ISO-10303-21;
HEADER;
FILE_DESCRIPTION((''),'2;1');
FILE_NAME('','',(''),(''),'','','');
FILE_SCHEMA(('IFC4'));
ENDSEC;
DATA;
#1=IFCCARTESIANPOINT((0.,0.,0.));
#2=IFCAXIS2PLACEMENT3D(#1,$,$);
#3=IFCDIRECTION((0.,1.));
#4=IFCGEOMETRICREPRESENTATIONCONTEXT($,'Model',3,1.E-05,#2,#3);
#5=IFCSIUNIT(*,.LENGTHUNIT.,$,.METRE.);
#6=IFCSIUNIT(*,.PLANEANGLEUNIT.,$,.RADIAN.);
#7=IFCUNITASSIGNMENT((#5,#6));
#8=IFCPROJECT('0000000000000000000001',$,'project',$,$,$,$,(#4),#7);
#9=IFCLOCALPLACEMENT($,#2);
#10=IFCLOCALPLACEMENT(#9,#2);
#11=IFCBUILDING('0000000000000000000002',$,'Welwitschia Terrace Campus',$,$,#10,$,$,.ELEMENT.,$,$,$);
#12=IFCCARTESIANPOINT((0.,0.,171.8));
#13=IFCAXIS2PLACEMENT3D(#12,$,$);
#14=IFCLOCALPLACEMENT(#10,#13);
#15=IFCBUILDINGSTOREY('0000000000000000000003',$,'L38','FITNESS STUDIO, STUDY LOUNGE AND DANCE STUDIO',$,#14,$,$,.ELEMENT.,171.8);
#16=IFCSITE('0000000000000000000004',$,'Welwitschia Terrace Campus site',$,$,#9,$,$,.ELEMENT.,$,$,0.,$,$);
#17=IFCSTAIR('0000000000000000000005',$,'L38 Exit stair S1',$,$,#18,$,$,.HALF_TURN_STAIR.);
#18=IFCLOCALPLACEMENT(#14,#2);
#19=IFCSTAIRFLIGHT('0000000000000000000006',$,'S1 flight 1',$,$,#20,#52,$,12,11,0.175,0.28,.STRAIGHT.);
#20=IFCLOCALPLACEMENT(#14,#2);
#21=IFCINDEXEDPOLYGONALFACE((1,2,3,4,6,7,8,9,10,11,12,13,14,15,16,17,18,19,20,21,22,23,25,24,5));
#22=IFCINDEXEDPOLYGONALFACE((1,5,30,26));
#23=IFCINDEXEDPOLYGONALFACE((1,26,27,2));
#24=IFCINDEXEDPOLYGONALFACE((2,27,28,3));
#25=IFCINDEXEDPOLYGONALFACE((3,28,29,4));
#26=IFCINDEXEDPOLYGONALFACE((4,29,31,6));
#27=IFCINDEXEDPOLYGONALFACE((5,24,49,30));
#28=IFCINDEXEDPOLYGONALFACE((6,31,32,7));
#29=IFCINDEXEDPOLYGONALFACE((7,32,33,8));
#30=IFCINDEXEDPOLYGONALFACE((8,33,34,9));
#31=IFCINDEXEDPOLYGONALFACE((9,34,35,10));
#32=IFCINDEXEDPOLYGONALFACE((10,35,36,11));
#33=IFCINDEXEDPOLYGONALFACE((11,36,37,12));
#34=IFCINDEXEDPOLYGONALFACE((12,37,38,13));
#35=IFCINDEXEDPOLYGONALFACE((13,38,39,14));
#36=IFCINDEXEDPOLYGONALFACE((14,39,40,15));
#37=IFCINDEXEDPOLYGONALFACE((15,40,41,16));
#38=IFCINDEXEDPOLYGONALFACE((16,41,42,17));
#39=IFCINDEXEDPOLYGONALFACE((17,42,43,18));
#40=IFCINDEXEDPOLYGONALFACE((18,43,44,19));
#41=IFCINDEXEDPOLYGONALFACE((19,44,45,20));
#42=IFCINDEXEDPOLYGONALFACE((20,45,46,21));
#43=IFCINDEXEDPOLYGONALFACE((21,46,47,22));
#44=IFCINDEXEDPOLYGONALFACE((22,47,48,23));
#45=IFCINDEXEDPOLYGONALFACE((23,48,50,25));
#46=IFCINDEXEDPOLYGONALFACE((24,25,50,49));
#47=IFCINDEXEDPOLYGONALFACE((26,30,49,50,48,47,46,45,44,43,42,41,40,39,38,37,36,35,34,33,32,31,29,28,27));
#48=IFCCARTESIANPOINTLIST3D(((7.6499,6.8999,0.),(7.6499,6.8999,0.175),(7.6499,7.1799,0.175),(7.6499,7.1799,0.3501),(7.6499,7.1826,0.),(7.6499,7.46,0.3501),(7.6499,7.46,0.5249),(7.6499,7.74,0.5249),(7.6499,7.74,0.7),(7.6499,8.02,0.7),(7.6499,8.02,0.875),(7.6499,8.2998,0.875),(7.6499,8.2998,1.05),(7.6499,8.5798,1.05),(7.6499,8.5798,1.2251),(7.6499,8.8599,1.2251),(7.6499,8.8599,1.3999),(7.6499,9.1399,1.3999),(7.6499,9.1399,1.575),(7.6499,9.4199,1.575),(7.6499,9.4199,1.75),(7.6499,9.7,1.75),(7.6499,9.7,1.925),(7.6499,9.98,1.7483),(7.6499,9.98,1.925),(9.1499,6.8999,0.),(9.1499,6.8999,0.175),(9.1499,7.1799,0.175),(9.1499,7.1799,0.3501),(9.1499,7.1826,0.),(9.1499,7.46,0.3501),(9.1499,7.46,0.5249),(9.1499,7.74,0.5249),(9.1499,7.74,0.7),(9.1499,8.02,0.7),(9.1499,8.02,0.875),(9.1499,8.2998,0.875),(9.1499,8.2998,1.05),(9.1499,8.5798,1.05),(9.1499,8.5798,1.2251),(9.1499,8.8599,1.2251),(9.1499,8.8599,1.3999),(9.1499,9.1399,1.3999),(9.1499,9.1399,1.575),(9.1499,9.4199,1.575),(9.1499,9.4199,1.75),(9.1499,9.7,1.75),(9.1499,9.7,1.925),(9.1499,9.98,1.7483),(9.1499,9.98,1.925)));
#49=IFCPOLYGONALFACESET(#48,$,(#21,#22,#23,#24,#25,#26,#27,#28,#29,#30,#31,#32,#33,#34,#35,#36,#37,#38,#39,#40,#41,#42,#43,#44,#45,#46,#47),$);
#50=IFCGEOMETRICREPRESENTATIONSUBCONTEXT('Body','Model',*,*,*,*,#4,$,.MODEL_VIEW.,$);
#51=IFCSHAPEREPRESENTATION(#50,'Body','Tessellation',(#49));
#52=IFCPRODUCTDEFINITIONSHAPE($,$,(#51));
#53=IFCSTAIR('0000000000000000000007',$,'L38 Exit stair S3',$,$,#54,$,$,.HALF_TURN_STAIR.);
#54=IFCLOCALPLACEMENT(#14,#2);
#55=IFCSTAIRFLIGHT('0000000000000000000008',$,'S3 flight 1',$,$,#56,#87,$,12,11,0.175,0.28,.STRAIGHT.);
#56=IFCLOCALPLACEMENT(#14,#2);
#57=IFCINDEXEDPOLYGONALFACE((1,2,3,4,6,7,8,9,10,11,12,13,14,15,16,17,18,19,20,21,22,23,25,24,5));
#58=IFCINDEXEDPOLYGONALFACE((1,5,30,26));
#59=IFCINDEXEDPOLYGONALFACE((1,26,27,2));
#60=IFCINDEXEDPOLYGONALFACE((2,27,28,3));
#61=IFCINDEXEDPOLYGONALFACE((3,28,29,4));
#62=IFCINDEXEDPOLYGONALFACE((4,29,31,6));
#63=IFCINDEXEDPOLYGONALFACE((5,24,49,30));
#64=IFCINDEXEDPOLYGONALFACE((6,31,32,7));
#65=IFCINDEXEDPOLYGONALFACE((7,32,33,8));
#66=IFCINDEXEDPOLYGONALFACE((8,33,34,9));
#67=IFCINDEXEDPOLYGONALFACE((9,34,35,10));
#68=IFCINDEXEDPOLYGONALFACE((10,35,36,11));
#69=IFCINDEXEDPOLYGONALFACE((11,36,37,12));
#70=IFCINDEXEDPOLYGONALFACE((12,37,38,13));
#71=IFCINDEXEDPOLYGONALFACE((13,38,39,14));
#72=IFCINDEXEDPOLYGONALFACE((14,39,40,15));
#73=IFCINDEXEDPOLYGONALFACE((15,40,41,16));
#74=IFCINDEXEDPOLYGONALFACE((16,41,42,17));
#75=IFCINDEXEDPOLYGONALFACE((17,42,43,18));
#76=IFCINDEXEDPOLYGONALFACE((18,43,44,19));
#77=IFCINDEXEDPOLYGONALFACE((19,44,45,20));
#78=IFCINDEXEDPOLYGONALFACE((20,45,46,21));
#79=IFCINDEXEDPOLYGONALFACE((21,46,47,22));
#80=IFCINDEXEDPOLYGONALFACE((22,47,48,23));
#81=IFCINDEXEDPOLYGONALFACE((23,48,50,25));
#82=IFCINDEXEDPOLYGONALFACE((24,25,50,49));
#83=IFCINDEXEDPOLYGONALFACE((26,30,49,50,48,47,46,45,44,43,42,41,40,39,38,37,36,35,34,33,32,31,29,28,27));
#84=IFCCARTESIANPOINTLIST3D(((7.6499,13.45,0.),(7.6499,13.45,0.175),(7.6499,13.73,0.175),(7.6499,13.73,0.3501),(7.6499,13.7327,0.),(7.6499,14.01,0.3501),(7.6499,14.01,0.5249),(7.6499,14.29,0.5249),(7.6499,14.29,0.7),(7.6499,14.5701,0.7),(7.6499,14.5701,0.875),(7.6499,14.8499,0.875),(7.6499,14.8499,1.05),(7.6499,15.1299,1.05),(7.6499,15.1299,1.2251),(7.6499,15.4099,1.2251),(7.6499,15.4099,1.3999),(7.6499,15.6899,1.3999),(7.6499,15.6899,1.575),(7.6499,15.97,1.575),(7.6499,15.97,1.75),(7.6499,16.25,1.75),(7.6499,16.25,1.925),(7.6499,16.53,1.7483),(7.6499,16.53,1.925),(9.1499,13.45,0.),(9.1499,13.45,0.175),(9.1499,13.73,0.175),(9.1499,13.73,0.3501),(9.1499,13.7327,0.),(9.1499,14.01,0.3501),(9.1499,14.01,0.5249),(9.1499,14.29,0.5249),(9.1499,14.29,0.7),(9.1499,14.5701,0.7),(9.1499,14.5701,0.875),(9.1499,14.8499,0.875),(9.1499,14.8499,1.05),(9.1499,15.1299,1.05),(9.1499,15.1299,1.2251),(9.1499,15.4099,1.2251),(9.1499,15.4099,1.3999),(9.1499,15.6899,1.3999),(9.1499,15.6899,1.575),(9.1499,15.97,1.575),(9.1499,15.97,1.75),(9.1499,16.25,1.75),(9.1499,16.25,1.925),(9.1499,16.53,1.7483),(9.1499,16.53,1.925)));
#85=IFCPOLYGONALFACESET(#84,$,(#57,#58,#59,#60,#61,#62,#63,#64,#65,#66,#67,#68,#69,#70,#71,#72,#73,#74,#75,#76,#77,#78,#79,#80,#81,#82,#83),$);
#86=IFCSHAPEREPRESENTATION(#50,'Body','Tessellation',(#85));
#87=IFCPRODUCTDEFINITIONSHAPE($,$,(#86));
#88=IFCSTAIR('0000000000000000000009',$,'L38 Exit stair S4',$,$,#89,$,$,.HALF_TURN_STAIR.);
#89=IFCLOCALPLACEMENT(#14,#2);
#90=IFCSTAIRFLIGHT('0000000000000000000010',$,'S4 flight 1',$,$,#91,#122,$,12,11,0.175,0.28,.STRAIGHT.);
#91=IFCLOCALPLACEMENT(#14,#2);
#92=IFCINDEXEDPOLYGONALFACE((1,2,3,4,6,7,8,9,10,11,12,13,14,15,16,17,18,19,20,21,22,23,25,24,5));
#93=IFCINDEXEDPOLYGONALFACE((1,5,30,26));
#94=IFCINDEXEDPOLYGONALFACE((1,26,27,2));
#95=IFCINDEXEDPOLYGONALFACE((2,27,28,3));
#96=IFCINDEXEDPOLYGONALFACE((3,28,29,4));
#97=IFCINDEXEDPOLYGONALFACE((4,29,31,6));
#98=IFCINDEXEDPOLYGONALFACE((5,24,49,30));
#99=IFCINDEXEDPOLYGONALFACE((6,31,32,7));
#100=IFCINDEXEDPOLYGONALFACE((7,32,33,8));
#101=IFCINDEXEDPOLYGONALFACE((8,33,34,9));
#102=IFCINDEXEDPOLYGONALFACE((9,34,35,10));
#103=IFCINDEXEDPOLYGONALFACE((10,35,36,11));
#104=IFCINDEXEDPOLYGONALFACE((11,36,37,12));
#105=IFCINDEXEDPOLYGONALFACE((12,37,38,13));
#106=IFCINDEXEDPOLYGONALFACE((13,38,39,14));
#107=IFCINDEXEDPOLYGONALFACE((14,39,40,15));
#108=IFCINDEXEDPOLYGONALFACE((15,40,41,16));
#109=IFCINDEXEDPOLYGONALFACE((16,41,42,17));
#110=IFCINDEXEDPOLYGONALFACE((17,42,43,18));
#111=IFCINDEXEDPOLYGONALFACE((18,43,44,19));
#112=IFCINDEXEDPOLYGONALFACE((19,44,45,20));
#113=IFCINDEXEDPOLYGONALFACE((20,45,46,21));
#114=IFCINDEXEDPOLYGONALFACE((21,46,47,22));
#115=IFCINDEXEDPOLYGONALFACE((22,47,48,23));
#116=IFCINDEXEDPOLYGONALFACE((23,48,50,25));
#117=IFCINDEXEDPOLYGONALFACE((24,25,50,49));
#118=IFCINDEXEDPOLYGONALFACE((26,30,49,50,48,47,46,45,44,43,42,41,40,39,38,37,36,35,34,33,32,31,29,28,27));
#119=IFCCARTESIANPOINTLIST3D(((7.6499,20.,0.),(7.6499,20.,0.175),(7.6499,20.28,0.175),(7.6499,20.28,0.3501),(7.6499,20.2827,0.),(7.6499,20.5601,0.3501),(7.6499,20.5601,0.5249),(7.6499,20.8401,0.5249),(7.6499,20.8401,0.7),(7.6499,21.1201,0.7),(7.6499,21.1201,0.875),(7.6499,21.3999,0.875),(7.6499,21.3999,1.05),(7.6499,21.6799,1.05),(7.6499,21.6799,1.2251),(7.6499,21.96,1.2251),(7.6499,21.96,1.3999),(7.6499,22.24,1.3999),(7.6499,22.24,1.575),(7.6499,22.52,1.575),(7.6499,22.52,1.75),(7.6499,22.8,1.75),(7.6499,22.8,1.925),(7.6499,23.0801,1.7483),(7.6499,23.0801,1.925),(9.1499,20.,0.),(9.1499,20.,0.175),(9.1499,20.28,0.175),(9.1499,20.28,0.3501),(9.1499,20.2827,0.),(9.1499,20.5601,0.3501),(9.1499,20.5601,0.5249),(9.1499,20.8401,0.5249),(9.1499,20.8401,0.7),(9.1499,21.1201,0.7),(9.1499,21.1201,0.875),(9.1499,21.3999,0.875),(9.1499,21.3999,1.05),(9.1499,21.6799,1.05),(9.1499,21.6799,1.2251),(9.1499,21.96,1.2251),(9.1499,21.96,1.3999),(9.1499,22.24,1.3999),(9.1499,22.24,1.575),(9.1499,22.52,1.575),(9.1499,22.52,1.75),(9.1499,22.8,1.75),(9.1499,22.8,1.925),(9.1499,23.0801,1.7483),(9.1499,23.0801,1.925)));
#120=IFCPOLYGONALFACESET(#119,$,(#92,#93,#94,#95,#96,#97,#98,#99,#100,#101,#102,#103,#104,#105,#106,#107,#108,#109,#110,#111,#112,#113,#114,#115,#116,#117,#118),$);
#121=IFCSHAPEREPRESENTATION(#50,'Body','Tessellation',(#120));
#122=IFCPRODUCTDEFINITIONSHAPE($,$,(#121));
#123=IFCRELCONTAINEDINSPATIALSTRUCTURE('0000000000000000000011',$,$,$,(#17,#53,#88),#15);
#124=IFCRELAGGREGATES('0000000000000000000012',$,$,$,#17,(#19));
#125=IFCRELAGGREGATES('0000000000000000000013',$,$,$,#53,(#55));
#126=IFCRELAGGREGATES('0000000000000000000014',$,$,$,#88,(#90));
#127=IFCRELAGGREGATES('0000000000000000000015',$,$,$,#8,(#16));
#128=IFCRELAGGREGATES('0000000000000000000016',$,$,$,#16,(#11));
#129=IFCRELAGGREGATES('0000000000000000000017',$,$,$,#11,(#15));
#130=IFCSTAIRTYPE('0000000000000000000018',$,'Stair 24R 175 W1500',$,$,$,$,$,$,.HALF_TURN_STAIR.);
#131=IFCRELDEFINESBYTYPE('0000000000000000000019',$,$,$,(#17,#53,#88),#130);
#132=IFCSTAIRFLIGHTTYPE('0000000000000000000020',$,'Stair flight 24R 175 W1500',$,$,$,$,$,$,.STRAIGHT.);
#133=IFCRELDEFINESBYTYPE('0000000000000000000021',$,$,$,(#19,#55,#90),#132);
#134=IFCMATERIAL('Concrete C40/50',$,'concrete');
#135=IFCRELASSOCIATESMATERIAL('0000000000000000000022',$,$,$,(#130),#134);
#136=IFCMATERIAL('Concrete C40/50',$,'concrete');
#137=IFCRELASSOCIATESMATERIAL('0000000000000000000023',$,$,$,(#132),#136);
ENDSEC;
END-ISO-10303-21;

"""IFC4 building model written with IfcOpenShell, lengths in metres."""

from ifc_helpers import new_model, si_unit, direction, frame, origin, place, context, subcontext, project, spatial, polyline, outline, extrude, material, type_object, element, aggregate, save


model = new_model("IFC4")

# Units and contexts
model_context = context("Model", 3, precision=1e-05, world=origin(), true_north=direction((0.0, 1.0)))
body_context = subcontext(model_context, "Body", "Model", "MODEL_VIEW")
ifc_project = project(units=[si_unit("LENGTHUNIT", "METRE"), si_unit("PLANEANGLEUNIT", "RADIAN")], contexts=[model_context])

# Site, building, storey
site_placement = place(None, origin())
site = spatial("IfcSite", under=ifc_project, at=site_placement, Name="Welwitschia Terrace Campus site", CompositionType="ELEMENT", RefElevation=0.0)
building_placement = place(site_placement, origin())
building = spatial("IfcBuilding", under=site, at=building_placement, Name="Welwitschia Terrace Campus", CompositionType="ELEMENT")
storey_placement = place(building_placement, frame((0.0, 0.0, 171.8)))
storey = spatial("IfcBuildingStorey", under=building, at=storey_placement, Name="L38", Description="FITNESS STUDIO, STUDY LOUNGE AND DANCE STUDIO", CompositionType="ELEMENT", Elevation=171.8)

# Stairs, stair flights
ifc_material_1 = material(Name="Concrete C40/50", Category="concrete")
stair_type = type_object("IfcStairType", Name="Stair 24R 175 W1500", PredefinedType="HALF_TURN_STAIR", material=ifc_material_1)
stair_1_placement = place(storey_placement, origin())
stair_1 = element("IfcStair", 1, at=stair_1_placement, inside=storey, type_object=stair_type, Name="L38 Exit stair S1", PredefinedType="HALF_TURN_STAIR")
ifc_material_2 = material(Name="Concrete C40/50", Category="concrete")
stair_flight_type = type_object("IfcStairFlightType", Name="Stair flight 24R 175 W1500", PredefinedType="STRAIGHT", material=ifc_material_2)
stair_flight_1_placement = place(storey_placement, frame((8.3999, 6.8999, 0.0), z_axis=(0.0, 0.0, 1.0), x_axis=(0.0, 1.0, 0.0)))
stair_flight_1 = element("IfcStairFlight", 2, at=stair_flight_1_placement, type_object=stair_flight_type, Name="S1 flight 1", NumberOfRisers=12, NumberOfTreads=11, PredefinedType="STRAIGHT", RiserHeight=0.175, TreadLength=0.28, context=body_context, shape_type="SweptSolid", body=[
    extrude(outline(polyline([(0.0, 0.0), (0.0, 0.175), (0.28, 0.175), (0.28, 0.3501), (0.5601, 0.3501), (0.5601, 0.5249), (0.8401, 0.5249), (0.8401, 0.7), (1.1201, 0.7), (1.1201, 0.875), (1.3999, 0.875), (1.3999, 1.05), (1.6799, 1.05), (1.6799, 1.2251), (1.96, 1.2251), (1.96, 1.3999), (2.24, 1.3999), (2.24, 1.575), (2.52, 1.575), (2.52, 1.75), (2.8, 1.75), (2.8, 1.925), (3.0801, 1.925), (3.0801, 2.1001), (3.0801, 1.7483), (0.2827, 0.0), (0.0, 0.0)])), frame((0.0, 0.75, 0.0), z_axis=(0.0, -1.0, 0.0), x_axis=(1.0, 0.0, 0.0)), (0.0, 0.0, 1.0), 1.5),
])
aggregate(stair_1, [stair_flight_1])
stair_2_placement = place(storey_placement, origin())
stair_2 = element("IfcStair", 3, at=stair_2_placement, inside=storey, type_object=stair_type, Name="L38 Exit stair S3", PredefinedType="HALF_TURN_STAIR")
stair_flight_2_placement = place(storey_placement, frame((8.3999, 13.45, 0.0), z_axis=(0.0, 0.0, 1.0), x_axis=(0.0, 1.0, 0.0)))
stair_flight_2 = element("IfcStairFlight", 4, at=stair_flight_2_placement, type_object=stair_flight_type, Name="S3 flight 1", NumberOfRisers=12, NumberOfTreads=11, PredefinedType="STRAIGHT", RiserHeight=0.175, TreadLength=0.28, context=body_context, shape_type="SweptSolid", body=[
    extrude(outline(polyline([(0.0, 0.0), (0.0, 0.175), (0.28, 0.175), (0.28, 0.3501), (0.5601, 0.3501), (0.5601, 0.5249), (0.8401, 0.5249), (0.8401, 0.7), (1.1201, 0.7), (1.1201, 0.875), (1.3999, 0.875), (1.3999, 1.05), (1.6799, 1.05), (1.6799, 1.2251), (1.96, 1.2251), (1.96, 1.3999), (2.24, 1.3999), (2.24, 1.575), (2.52, 1.575), (2.52, 1.75), (2.8, 1.75), (2.8, 1.925), (3.0801, 1.925), (3.0801, 2.1001), (3.0801, 1.7483), (0.2827, 0.0), (0.0, 0.0)])), frame((0.0, 0.75, 0.0), z_axis=(0.0, -1.0, 0.0), x_axis=(1.0, 0.0, 0.0)), (0.0, 0.0, 1.0), 1.5),
])
aggregate(stair_2, [stair_flight_2])
stair_3_placement = place(storey_placement, origin())
stair_3 = element("IfcStair", 5, at=stair_3_placement, inside=storey, type_object=stair_type, Name="L38 Exit stair S4", PredefinedType="HALF_TURN_STAIR")
stair_flight_3_placement = place(storey_placement, frame((8.3999, 20.0, 0.0), z_axis=(0.0, 0.0, 1.0), x_axis=(0.0, 1.0, 0.0)))
stair_flight_3 = element("IfcStairFlight", 6, at=stair_flight_3_placement, type_object=stair_flight_type, Name="S4 flight 1", NumberOfRisers=12, NumberOfTreads=11, PredefinedType="STRAIGHT", RiserHeight=0.175, TreadLength=0.28, context=body_context, shape_type="SweptSolid", body=[
    extrude(outline(polyline([(0.0, 0.0), (0.0, 0.175), (0.28, 0.175), (0.28, 0.3501), (0.5601, 0.3501), (0.5601, 0.5249), (0.8401, 0.5249), (0.8401, 0.7), (1.1201, 0.7), (1.1201, 0.875), (1.3999, 0.875), (1.3999, 1.05), (1.6799, 1.05), (1.6799, 1.2251), (1.96, 1.2251), (1.96, 1.3999), (2.24, 1.3999), (2.24, 1.575), (2.52, 1.575), (2.52, 1.75), (2.8, 1.75), (2.8, 1.925), (3.0801, 1.925), (3.0801, 2.1001), (3.0801, 1.7483), (0.2827, 0.0), (0.0, 0.0)])), frame((0.0, 0.75, 0.0), z_axis=(0.0, -1.0, 0.0), x_axis=(1.0, 0.0, 0.0)), (0.0, 0.0, 1.0), 1.5),
])
aggregate(stair_3, [stair_flight_3])

save(model, "model.ifc")
